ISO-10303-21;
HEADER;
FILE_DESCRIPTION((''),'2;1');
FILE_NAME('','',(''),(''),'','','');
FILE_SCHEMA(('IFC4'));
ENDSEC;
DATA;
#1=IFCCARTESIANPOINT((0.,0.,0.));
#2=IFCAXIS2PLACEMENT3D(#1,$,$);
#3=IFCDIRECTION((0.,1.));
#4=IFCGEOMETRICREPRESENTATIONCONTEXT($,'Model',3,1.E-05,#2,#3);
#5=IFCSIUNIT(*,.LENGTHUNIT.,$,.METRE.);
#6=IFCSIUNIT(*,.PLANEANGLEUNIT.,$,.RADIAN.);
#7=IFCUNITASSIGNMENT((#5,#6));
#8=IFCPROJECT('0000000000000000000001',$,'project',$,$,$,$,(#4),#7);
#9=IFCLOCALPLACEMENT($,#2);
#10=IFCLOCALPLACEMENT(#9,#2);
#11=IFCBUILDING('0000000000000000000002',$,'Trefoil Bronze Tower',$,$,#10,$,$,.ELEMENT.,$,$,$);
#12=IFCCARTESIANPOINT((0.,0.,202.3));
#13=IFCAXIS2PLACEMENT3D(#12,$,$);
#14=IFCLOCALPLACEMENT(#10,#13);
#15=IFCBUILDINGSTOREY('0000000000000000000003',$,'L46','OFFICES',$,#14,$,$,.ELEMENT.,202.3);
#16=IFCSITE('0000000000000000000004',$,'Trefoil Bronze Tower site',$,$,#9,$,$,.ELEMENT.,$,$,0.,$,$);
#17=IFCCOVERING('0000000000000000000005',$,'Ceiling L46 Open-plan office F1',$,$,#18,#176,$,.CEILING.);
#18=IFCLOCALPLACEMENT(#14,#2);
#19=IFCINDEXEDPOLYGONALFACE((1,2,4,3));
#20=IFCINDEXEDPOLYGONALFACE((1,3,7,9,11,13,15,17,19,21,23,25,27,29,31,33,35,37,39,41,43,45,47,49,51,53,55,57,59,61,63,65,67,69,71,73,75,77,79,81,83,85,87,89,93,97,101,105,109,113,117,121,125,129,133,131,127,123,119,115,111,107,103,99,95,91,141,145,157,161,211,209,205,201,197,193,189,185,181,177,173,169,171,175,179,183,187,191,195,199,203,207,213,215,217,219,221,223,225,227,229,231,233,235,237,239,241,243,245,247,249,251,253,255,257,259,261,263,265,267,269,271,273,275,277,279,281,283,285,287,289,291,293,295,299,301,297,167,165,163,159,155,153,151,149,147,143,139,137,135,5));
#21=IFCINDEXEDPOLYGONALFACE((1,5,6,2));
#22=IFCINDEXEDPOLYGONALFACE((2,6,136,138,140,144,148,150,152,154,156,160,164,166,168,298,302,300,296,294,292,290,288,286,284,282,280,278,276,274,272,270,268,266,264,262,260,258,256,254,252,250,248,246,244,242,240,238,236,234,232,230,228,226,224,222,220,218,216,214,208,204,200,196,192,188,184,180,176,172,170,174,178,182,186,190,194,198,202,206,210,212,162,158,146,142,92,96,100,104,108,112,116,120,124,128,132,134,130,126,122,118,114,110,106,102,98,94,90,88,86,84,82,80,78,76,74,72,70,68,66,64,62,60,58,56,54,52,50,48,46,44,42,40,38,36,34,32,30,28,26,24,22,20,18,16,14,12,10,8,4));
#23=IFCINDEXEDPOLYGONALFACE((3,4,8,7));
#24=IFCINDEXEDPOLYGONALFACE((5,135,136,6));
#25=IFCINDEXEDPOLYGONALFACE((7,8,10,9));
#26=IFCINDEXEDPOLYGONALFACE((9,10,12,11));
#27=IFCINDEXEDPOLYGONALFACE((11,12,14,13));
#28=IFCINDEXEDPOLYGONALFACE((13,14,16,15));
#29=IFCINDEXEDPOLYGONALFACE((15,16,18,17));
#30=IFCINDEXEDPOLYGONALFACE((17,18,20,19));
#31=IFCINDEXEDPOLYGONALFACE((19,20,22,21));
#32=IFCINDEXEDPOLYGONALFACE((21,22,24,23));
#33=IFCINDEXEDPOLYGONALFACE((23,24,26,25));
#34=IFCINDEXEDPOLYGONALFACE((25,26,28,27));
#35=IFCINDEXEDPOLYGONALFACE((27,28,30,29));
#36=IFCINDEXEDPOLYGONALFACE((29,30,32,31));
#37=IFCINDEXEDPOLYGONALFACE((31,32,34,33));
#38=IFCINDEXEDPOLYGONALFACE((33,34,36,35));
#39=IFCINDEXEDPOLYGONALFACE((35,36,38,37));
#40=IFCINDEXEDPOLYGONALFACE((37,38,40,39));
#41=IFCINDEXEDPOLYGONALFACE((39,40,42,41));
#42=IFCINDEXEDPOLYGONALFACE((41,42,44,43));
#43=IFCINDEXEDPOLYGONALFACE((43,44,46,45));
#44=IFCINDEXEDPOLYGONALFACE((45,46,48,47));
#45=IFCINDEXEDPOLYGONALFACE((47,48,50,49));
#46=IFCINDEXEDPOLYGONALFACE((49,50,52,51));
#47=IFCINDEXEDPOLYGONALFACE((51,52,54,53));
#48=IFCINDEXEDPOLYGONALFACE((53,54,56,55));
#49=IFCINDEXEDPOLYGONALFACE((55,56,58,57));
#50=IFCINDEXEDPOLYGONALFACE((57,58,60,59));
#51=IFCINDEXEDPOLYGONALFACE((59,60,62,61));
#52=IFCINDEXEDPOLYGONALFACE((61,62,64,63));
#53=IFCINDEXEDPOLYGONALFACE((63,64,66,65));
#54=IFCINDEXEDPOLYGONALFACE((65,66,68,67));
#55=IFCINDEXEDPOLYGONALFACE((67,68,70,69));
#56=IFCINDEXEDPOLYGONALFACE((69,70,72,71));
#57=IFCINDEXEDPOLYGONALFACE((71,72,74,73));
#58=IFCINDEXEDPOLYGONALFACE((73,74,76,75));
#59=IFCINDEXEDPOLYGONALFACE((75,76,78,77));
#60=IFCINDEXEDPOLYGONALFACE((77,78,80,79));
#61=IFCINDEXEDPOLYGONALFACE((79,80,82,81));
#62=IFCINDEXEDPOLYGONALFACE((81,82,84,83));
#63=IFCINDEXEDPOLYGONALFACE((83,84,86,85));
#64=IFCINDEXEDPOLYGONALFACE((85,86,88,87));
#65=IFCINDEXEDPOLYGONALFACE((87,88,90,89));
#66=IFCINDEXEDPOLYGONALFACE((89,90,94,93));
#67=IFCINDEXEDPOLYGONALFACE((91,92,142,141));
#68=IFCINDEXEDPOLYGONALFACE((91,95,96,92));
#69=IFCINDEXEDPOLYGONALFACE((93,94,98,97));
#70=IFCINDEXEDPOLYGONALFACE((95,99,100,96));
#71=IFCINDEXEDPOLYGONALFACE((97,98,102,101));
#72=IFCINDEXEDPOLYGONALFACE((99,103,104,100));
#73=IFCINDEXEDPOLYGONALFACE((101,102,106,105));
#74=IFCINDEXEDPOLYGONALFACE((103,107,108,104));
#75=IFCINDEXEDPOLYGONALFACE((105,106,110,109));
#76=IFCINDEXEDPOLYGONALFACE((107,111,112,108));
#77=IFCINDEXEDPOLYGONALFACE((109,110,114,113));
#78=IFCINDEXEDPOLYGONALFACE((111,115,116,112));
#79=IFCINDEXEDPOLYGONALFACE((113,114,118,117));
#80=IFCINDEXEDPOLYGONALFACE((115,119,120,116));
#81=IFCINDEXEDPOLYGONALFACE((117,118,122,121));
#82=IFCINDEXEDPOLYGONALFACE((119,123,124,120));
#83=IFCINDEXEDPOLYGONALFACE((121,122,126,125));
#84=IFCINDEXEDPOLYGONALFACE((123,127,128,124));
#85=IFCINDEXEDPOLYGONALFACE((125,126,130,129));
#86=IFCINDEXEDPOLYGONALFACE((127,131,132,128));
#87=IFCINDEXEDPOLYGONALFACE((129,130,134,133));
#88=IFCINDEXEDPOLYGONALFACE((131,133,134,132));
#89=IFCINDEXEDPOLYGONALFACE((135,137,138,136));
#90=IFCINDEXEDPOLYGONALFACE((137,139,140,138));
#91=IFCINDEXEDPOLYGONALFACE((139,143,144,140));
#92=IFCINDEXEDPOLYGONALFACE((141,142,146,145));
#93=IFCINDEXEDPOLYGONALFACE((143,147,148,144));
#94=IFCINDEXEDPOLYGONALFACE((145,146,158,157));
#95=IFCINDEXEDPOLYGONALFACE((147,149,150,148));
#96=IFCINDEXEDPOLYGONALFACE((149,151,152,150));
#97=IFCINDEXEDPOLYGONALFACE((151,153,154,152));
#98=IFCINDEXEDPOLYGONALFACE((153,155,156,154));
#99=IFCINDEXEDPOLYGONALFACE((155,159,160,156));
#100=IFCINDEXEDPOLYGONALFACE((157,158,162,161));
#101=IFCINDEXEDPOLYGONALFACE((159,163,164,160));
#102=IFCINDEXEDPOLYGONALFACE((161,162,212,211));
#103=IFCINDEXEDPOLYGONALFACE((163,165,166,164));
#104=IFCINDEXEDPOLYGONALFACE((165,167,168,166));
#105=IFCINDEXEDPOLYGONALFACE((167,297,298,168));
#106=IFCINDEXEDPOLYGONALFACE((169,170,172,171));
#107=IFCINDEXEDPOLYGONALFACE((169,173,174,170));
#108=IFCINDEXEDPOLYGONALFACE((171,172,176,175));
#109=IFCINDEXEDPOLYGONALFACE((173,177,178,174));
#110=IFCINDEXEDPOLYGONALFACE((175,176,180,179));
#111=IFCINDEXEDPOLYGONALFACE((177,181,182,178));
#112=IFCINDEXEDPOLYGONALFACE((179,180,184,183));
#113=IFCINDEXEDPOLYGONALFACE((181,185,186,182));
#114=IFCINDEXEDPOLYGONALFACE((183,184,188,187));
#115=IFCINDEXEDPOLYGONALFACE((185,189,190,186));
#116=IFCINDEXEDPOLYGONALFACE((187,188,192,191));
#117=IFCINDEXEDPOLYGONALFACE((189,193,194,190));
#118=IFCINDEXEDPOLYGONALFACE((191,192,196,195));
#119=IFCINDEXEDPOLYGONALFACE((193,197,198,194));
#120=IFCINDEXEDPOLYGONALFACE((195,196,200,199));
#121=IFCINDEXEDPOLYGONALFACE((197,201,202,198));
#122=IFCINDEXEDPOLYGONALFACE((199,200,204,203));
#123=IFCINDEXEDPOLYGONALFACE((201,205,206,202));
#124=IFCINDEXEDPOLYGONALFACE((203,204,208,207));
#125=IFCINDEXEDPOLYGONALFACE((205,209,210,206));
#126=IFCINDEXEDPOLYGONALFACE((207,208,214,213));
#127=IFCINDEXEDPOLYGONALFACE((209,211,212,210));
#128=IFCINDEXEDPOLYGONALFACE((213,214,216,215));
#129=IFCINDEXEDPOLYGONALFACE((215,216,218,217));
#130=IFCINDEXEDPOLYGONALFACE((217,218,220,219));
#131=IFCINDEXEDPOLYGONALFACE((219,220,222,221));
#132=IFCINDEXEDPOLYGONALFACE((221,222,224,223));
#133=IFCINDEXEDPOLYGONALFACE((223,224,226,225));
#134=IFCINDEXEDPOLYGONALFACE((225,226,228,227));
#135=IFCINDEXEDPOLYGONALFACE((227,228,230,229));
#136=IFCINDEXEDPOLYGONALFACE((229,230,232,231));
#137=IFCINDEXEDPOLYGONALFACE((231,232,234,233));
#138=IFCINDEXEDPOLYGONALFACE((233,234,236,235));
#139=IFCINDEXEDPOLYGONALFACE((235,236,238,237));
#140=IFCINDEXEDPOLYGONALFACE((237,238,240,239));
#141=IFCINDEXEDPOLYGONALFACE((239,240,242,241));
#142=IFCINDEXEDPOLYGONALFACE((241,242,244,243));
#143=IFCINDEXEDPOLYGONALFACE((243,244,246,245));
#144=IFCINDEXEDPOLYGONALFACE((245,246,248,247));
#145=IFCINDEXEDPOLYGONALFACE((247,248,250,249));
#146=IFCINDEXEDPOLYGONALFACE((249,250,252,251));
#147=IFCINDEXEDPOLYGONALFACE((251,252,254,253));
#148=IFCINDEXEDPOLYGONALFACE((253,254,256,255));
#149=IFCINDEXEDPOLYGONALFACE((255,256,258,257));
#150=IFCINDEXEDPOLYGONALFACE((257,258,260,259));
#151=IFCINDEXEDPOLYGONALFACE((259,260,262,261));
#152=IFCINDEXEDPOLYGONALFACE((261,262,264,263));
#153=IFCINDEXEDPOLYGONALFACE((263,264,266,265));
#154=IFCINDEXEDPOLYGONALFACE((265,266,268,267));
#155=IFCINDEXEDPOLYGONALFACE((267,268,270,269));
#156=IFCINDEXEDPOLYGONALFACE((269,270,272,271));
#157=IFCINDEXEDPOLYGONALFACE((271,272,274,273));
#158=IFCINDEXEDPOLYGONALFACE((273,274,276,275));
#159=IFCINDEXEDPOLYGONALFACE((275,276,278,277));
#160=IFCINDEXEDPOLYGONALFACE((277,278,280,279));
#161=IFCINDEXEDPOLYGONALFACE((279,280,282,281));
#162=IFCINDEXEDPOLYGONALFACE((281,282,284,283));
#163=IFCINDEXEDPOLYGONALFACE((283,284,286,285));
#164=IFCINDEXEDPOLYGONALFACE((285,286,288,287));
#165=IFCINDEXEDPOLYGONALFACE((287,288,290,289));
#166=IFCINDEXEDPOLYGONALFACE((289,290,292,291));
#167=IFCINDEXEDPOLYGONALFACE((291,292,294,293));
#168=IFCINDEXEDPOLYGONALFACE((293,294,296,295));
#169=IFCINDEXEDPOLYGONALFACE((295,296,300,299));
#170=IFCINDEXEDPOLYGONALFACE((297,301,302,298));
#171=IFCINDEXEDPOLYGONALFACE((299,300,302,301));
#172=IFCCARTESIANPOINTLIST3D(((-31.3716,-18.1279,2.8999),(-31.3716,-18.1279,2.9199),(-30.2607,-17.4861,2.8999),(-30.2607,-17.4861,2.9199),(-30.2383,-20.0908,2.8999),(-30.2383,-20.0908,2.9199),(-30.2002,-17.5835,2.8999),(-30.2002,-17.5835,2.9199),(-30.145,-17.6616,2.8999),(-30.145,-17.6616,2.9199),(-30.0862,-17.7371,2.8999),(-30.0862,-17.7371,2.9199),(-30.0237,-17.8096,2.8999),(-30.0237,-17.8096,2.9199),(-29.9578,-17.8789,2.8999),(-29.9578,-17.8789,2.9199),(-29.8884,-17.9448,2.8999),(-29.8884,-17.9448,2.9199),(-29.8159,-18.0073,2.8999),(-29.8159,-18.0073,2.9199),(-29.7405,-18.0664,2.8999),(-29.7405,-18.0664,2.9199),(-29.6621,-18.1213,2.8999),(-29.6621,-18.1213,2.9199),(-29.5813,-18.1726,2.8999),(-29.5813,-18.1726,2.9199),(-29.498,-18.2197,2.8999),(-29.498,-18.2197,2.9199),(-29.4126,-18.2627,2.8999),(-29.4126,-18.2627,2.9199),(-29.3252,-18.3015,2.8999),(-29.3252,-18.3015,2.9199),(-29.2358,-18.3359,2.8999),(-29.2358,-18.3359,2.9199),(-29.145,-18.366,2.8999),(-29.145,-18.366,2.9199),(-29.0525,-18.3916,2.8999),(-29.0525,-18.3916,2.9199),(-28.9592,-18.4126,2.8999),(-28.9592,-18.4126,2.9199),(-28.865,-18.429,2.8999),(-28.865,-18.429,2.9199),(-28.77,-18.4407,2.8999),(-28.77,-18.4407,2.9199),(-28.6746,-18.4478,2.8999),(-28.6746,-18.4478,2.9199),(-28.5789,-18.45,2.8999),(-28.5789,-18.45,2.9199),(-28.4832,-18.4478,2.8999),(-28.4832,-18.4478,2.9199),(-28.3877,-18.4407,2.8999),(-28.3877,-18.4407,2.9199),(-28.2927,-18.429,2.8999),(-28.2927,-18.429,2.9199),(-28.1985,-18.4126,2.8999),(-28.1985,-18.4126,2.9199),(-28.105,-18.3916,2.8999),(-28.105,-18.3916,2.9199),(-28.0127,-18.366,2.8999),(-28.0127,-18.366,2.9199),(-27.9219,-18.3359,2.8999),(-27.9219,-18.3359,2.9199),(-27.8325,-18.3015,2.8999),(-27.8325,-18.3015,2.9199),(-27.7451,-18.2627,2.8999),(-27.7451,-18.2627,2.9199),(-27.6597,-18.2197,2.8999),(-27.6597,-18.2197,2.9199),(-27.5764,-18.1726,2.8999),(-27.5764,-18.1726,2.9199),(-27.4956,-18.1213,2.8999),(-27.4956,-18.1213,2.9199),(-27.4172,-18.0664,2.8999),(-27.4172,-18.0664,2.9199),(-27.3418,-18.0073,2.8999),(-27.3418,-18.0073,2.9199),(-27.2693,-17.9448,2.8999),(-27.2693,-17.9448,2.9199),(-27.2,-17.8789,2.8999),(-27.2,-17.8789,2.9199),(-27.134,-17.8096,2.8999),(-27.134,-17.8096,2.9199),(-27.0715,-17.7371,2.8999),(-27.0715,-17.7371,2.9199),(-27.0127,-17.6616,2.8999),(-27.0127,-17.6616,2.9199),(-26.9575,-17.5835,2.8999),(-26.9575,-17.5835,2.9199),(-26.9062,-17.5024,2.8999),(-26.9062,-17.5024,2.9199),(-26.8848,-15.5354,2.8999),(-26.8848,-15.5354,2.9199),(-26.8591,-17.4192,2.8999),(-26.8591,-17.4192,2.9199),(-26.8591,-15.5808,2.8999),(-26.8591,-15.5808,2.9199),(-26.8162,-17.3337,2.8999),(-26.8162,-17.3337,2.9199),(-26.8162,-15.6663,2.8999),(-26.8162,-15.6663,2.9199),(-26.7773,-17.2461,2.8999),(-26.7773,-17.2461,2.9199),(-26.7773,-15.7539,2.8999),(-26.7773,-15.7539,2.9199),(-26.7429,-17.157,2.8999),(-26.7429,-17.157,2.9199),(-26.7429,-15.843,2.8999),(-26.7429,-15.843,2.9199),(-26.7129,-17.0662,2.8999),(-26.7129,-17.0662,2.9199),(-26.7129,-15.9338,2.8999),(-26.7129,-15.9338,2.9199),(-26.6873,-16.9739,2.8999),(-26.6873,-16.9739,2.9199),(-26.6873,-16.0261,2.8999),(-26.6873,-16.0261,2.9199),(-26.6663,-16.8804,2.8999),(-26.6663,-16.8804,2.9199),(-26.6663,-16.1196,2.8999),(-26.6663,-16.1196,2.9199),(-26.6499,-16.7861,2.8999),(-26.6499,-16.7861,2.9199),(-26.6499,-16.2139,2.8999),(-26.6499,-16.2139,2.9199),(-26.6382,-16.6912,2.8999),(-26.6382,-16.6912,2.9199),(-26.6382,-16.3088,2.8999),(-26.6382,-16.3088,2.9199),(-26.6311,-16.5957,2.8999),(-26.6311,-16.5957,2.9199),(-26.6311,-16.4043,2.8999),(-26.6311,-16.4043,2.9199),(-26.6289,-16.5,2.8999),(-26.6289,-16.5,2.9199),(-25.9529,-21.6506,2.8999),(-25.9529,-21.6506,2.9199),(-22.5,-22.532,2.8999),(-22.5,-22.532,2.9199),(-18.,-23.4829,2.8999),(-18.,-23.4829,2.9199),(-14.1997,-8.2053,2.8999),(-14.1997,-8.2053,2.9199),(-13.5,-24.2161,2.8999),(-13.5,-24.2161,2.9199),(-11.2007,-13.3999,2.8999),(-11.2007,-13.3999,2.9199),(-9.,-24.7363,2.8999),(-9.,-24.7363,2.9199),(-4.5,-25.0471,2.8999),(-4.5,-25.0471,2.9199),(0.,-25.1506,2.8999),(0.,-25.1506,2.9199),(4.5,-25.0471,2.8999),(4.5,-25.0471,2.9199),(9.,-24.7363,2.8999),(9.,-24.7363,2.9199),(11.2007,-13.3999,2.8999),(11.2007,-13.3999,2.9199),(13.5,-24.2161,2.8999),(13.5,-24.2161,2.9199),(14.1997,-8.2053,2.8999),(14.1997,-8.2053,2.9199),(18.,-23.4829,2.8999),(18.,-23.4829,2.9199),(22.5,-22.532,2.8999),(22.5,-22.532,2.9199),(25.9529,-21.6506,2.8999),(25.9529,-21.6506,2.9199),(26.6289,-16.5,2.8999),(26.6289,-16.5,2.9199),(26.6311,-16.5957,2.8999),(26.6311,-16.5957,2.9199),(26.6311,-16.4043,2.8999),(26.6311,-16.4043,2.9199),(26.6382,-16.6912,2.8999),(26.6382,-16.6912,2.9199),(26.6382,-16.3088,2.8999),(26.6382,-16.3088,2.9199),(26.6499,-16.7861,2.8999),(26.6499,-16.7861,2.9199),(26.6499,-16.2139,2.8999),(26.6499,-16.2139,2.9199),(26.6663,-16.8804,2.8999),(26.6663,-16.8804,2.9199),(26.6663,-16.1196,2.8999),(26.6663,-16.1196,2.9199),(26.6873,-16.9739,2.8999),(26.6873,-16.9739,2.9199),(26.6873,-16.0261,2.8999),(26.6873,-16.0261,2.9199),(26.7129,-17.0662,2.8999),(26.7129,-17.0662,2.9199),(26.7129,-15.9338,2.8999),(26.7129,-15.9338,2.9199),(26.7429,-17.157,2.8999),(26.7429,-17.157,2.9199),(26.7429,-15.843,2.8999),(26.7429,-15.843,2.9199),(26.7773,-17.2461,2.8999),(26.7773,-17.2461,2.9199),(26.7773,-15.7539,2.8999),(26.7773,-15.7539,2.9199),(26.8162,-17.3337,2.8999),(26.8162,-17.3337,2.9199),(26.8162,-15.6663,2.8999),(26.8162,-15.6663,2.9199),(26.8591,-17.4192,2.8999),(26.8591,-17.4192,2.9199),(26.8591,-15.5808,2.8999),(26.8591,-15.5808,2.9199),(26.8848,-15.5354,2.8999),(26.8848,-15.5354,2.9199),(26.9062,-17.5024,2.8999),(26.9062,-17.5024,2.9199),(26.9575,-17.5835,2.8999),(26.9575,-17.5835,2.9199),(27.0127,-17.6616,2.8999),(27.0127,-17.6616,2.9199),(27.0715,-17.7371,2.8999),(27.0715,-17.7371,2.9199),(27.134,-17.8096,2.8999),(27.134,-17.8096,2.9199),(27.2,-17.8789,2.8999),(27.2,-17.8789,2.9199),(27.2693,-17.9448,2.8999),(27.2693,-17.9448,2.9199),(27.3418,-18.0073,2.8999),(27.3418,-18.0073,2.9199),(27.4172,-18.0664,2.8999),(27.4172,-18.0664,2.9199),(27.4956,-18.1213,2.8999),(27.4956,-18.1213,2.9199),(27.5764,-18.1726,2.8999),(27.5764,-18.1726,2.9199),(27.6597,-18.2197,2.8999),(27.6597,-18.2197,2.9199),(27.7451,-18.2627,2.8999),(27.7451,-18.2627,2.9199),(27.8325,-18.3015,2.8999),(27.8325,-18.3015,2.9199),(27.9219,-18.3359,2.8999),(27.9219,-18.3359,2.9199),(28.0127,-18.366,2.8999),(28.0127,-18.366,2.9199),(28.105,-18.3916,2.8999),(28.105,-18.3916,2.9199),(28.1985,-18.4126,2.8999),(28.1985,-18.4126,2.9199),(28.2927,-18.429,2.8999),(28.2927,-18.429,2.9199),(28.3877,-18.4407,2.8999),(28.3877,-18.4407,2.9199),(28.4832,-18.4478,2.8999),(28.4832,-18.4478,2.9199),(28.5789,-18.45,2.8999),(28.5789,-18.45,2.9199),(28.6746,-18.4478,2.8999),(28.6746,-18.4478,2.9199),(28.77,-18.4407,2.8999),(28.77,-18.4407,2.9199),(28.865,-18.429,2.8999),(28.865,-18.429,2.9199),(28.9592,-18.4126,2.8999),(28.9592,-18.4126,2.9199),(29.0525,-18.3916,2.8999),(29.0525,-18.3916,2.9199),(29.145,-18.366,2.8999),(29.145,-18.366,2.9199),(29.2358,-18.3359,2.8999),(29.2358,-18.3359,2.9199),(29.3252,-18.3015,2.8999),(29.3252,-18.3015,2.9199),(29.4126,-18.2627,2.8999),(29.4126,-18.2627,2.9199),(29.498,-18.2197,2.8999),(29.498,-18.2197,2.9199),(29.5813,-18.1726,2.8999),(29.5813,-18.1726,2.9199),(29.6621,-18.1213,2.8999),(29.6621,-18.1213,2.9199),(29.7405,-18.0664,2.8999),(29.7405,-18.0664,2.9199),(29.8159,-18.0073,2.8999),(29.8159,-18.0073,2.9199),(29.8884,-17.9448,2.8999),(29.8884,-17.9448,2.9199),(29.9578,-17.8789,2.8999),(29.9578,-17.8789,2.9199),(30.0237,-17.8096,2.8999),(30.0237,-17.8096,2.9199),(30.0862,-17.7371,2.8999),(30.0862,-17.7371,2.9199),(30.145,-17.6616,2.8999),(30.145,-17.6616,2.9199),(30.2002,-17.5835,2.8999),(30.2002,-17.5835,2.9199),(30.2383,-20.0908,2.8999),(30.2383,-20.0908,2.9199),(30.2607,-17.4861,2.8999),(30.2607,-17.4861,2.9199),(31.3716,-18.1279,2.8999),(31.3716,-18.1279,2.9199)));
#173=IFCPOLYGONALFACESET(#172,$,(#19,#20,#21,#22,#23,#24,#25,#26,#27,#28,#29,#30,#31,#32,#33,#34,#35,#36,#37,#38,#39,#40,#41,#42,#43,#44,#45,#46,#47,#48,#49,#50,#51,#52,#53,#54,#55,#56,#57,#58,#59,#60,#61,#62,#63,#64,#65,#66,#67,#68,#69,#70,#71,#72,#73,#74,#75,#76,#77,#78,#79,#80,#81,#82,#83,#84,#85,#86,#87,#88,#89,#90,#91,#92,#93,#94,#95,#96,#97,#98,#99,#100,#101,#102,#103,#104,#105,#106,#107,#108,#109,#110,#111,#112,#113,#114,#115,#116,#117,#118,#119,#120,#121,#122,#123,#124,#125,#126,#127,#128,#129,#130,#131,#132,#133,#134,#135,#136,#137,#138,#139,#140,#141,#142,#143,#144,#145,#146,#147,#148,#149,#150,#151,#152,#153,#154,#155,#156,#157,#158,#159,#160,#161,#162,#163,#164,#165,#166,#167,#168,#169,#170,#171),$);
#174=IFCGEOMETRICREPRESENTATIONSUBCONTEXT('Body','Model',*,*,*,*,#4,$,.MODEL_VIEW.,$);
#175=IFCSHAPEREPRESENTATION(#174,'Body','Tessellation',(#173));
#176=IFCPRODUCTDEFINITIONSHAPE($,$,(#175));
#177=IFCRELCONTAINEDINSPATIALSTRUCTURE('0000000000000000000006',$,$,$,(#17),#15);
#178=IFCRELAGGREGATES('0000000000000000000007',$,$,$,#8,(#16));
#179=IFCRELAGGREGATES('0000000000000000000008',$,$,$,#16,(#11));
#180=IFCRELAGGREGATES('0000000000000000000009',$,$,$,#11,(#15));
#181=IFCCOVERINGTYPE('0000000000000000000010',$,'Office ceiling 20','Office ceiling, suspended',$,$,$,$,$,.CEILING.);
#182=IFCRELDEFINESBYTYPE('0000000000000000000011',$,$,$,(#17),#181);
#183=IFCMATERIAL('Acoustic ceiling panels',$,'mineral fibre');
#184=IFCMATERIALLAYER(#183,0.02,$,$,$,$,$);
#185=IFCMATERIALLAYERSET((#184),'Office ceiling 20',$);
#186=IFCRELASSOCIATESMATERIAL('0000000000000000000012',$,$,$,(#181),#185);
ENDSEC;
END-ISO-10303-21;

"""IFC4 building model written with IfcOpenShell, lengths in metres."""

from ifc_helpers import new_model, si_unit, direction, frame, origin, place, context, subcontext, project, spatial, polyline, outline, extrude, material, layer, layer_set, type_object, element, save


model = new_model("IFC4")

# Units and contexts
model_context = context("Model", 3, precision=1e-05, world=origin(), true_north=direction((0.0, 1.0)))
body_context = subcontext(model_context, "Body", "Model", "MODEL_VIEW")
ifc_project = project(units=[si_unit("LENGTHUNIT", "METRE"), si_unit("PLANEANGLEUNIT", "RADIAN")], contexts=[model_context])

# Site, building, storey
site_placement = place(None, origin())
site = spatial("IfcSite", under=ifc_project, at=site_placement, Name="Trefoil Bronze Tower site", CompositionType="ELEMENT", RefElevation=0.0)
building_placement = place(site_placement, origin())
building = spatial("IfcBuilding", under=site, at=building_placement, Name="Trefoil Bronze Tower", CompositionType="ELEMENT")
storey_placement = place(building_placement, frame((0.0, 0.0, 202.3)))
storey = spatial("IfcBuildingStorey", under=building, at=storey_placement, Name="L46", Description="OFFICES", CompositionType="ELEMENT", Elevation=202.3)

# Covering
ifc_material_1 = material(Name="Acoustic ceiling panels", Category="mineral fibre")
ifc_layer_1 = layer(ifc_material_1, 0.02)
ifc_layer_set_1 = layer_set([ifc_layer_1], Name="Office ceiling 20")
covering_type = type_object("IfcCoveringType", Name="Office ceiling 20", Description="Office ceiling, suspended", PredefinedType="CEILING", material=ifc_layer_set_1)
covering_placement = place(storey_placement, frame((0.0, 0.0, 2.8999)))
element("IfcCovering", 1, at=covering_placement, inside=storey, type_object=covering_type, Name="Ceiling L46 Open-plan office F1", PredefinedType="CEILING", context=body_context, shape_type="SweptSolid", body=[
    extrude(outline(polyline([(-30.2002, -17.5835), (-30.145, -17.6616), (-30.0862, -17.7371), (-30.0237, -17.8096), (-29.9578, -17.8789), (-29.8884, -17.9448), (-29.8159, -18.0073), (-29.7405, -18.0664), (-29.6621, -18.1213), (-29.5813, -18.1726), (-29.498, -18.2197), (-29.4126, -18.2627), (-29.3252, -18.3015), (-29.2358, -18.3359), (-29.145, -18.366), (-29.0525, -18.3916), (-28.9592, -18.4126), (-28.865, -18.429), (-28.77, -18.4407), (-28.6746, -18.4478), (-28.5789, -18.45), (-28.4832, -18.4478), (-28.3877, -18.4407), (-28.2927, -18.429), (-28.1985, -18.4126), (-28.105, -18.3916), (-28.0127, -18.366), (-27.9219, -18.3359), (-27.8325, -18.3015), (-27.7451, -18.2627), (-27.6597, -18.2197), (-27.5764, -18.1726), (-27.4956, -18.1213), (-27.4172, -18.0664), (-27.3418, -18.0073), (-27.2693, -17.9448), (-27.2, -17.8789), (-27.134, -17.8096), (-27.0715, -17.7371), (-27.0127, -17.6616), (-26.9575, -17.5835), (-26.9062, -17.5024), (-26.8591, -17.4192), (-26.8162, -17.3337), (-26.7773, -17.2461), (-26.7429, -17.157), (-26.7129, -17.0662), (-26.6873, -16.9739), (-26.6663, -16.8804), (-26.6499, -16.7861), (-26.6382, -16.6912), (-26.6311, -16.5957), (-26.6289, -16.5), (-26.6311, -16.4043), (-26.6382, -16.3088), (-26.6499, -16.2139), (-26.6663, -16.1196), (-26.6873, -16.0261), (-26.7129, -15.9338), (-26.7429, -15.843), (-26.7773, -15.7539), (-26.8162, -15.6663), (-26.8591, -15.5808), (-26.8848, -15.5354), (-14.1997, -8.2053), (-11.2007, -13.3999), (11.2007, -13.3999), (14.1997, -8.2053), (26.8848, -15.5354), (26.8591, -15.5808), (26.8162, -15.6663), (26.7773, -15.7539), (26.7429, -15.843), (26.7129, -15.9338), (26.6873, -16.0261), (26.6663, -16.1196), (26.6499, -16.2139), (26.6382, -16.3088), (26.6311, -16.4043), (26.6289, -16.5), (26.6311, -16.5957), (26.6382, -16.6912), (26.6499, -16.7861), (26.6663, -16.8804), (26.6873, -16.9739), (26.7129, -17.0662), (26.7429, -17.157), (26.7773, -17.2461), (26.8162, -17.3337), (26.8591, -17.4192), (26.9062, -17.5024), (26.9575, -17.5835), (27.0127, -17.6616), (27.0715, -17.7371), (27.134, -17.8096), (27.2, -17.8789), (27.2693, -17.9448), (27.3418, -18.0073), (27.4172, -18.0664), (27.4956, -18.1213), (27.5764, -18.1726), (27.6597, -18.2197), (27.7451, -18.2627), (27.8325, -18.3015), (27.9219, -18.3359), (28.0127, -18.366), (28.105, -18.3916), (28.1985, -18.4126), (28.2927, -18.429), (28.3877, -18.4407), (28.4832, -18.4478), (28.5789, -18.45), (28.6746, -18.4478), (28.77, -18.4407), (28.865, -18.429), (28.9592, -18.4126), (29.0525, -18.3916), (29.145, -18.366), (29.2358, -18.3359), (29.3252, -18.3015), (29.4126, -18.2627), (29.498, -18.2197), (29.5813, -18.1726), (29.6621, -18.1213), (29.7405, -18.0664), (29.8159, -18.0073), (29.8884, -17.9448), (29.9578, -17.8789), (30.0237, -17.8096), (30.0862, -17.7371), (30.145, -17.6616), (30.2002, -17.5835), (30.2607, -17.4861), (31.3716, -18.1279), (30.2383, -20.0908), (25.9529, -21.6506), (22.5, -22.532), (18.0, -23.4829), (13.5, -24.2161), (9.0, -24.7363), (4.5, -25.0471), (0.0, -25.1506), (-4.5, -25.0471), (-9.0, -24.7363), (-13.5, -24.2161), (-18.0, -23.4829), (-22.5, -22.532), (-25.9529, -21.6506), (-30.2383, -20.0908), (-31.3716, -18.1279), (-30.2607, -17.4861), (-30.2002, -17.5835)])), origin(), (0.0, 0.0, 1.0), 0.02),
])

save(model, "model.ifc")
